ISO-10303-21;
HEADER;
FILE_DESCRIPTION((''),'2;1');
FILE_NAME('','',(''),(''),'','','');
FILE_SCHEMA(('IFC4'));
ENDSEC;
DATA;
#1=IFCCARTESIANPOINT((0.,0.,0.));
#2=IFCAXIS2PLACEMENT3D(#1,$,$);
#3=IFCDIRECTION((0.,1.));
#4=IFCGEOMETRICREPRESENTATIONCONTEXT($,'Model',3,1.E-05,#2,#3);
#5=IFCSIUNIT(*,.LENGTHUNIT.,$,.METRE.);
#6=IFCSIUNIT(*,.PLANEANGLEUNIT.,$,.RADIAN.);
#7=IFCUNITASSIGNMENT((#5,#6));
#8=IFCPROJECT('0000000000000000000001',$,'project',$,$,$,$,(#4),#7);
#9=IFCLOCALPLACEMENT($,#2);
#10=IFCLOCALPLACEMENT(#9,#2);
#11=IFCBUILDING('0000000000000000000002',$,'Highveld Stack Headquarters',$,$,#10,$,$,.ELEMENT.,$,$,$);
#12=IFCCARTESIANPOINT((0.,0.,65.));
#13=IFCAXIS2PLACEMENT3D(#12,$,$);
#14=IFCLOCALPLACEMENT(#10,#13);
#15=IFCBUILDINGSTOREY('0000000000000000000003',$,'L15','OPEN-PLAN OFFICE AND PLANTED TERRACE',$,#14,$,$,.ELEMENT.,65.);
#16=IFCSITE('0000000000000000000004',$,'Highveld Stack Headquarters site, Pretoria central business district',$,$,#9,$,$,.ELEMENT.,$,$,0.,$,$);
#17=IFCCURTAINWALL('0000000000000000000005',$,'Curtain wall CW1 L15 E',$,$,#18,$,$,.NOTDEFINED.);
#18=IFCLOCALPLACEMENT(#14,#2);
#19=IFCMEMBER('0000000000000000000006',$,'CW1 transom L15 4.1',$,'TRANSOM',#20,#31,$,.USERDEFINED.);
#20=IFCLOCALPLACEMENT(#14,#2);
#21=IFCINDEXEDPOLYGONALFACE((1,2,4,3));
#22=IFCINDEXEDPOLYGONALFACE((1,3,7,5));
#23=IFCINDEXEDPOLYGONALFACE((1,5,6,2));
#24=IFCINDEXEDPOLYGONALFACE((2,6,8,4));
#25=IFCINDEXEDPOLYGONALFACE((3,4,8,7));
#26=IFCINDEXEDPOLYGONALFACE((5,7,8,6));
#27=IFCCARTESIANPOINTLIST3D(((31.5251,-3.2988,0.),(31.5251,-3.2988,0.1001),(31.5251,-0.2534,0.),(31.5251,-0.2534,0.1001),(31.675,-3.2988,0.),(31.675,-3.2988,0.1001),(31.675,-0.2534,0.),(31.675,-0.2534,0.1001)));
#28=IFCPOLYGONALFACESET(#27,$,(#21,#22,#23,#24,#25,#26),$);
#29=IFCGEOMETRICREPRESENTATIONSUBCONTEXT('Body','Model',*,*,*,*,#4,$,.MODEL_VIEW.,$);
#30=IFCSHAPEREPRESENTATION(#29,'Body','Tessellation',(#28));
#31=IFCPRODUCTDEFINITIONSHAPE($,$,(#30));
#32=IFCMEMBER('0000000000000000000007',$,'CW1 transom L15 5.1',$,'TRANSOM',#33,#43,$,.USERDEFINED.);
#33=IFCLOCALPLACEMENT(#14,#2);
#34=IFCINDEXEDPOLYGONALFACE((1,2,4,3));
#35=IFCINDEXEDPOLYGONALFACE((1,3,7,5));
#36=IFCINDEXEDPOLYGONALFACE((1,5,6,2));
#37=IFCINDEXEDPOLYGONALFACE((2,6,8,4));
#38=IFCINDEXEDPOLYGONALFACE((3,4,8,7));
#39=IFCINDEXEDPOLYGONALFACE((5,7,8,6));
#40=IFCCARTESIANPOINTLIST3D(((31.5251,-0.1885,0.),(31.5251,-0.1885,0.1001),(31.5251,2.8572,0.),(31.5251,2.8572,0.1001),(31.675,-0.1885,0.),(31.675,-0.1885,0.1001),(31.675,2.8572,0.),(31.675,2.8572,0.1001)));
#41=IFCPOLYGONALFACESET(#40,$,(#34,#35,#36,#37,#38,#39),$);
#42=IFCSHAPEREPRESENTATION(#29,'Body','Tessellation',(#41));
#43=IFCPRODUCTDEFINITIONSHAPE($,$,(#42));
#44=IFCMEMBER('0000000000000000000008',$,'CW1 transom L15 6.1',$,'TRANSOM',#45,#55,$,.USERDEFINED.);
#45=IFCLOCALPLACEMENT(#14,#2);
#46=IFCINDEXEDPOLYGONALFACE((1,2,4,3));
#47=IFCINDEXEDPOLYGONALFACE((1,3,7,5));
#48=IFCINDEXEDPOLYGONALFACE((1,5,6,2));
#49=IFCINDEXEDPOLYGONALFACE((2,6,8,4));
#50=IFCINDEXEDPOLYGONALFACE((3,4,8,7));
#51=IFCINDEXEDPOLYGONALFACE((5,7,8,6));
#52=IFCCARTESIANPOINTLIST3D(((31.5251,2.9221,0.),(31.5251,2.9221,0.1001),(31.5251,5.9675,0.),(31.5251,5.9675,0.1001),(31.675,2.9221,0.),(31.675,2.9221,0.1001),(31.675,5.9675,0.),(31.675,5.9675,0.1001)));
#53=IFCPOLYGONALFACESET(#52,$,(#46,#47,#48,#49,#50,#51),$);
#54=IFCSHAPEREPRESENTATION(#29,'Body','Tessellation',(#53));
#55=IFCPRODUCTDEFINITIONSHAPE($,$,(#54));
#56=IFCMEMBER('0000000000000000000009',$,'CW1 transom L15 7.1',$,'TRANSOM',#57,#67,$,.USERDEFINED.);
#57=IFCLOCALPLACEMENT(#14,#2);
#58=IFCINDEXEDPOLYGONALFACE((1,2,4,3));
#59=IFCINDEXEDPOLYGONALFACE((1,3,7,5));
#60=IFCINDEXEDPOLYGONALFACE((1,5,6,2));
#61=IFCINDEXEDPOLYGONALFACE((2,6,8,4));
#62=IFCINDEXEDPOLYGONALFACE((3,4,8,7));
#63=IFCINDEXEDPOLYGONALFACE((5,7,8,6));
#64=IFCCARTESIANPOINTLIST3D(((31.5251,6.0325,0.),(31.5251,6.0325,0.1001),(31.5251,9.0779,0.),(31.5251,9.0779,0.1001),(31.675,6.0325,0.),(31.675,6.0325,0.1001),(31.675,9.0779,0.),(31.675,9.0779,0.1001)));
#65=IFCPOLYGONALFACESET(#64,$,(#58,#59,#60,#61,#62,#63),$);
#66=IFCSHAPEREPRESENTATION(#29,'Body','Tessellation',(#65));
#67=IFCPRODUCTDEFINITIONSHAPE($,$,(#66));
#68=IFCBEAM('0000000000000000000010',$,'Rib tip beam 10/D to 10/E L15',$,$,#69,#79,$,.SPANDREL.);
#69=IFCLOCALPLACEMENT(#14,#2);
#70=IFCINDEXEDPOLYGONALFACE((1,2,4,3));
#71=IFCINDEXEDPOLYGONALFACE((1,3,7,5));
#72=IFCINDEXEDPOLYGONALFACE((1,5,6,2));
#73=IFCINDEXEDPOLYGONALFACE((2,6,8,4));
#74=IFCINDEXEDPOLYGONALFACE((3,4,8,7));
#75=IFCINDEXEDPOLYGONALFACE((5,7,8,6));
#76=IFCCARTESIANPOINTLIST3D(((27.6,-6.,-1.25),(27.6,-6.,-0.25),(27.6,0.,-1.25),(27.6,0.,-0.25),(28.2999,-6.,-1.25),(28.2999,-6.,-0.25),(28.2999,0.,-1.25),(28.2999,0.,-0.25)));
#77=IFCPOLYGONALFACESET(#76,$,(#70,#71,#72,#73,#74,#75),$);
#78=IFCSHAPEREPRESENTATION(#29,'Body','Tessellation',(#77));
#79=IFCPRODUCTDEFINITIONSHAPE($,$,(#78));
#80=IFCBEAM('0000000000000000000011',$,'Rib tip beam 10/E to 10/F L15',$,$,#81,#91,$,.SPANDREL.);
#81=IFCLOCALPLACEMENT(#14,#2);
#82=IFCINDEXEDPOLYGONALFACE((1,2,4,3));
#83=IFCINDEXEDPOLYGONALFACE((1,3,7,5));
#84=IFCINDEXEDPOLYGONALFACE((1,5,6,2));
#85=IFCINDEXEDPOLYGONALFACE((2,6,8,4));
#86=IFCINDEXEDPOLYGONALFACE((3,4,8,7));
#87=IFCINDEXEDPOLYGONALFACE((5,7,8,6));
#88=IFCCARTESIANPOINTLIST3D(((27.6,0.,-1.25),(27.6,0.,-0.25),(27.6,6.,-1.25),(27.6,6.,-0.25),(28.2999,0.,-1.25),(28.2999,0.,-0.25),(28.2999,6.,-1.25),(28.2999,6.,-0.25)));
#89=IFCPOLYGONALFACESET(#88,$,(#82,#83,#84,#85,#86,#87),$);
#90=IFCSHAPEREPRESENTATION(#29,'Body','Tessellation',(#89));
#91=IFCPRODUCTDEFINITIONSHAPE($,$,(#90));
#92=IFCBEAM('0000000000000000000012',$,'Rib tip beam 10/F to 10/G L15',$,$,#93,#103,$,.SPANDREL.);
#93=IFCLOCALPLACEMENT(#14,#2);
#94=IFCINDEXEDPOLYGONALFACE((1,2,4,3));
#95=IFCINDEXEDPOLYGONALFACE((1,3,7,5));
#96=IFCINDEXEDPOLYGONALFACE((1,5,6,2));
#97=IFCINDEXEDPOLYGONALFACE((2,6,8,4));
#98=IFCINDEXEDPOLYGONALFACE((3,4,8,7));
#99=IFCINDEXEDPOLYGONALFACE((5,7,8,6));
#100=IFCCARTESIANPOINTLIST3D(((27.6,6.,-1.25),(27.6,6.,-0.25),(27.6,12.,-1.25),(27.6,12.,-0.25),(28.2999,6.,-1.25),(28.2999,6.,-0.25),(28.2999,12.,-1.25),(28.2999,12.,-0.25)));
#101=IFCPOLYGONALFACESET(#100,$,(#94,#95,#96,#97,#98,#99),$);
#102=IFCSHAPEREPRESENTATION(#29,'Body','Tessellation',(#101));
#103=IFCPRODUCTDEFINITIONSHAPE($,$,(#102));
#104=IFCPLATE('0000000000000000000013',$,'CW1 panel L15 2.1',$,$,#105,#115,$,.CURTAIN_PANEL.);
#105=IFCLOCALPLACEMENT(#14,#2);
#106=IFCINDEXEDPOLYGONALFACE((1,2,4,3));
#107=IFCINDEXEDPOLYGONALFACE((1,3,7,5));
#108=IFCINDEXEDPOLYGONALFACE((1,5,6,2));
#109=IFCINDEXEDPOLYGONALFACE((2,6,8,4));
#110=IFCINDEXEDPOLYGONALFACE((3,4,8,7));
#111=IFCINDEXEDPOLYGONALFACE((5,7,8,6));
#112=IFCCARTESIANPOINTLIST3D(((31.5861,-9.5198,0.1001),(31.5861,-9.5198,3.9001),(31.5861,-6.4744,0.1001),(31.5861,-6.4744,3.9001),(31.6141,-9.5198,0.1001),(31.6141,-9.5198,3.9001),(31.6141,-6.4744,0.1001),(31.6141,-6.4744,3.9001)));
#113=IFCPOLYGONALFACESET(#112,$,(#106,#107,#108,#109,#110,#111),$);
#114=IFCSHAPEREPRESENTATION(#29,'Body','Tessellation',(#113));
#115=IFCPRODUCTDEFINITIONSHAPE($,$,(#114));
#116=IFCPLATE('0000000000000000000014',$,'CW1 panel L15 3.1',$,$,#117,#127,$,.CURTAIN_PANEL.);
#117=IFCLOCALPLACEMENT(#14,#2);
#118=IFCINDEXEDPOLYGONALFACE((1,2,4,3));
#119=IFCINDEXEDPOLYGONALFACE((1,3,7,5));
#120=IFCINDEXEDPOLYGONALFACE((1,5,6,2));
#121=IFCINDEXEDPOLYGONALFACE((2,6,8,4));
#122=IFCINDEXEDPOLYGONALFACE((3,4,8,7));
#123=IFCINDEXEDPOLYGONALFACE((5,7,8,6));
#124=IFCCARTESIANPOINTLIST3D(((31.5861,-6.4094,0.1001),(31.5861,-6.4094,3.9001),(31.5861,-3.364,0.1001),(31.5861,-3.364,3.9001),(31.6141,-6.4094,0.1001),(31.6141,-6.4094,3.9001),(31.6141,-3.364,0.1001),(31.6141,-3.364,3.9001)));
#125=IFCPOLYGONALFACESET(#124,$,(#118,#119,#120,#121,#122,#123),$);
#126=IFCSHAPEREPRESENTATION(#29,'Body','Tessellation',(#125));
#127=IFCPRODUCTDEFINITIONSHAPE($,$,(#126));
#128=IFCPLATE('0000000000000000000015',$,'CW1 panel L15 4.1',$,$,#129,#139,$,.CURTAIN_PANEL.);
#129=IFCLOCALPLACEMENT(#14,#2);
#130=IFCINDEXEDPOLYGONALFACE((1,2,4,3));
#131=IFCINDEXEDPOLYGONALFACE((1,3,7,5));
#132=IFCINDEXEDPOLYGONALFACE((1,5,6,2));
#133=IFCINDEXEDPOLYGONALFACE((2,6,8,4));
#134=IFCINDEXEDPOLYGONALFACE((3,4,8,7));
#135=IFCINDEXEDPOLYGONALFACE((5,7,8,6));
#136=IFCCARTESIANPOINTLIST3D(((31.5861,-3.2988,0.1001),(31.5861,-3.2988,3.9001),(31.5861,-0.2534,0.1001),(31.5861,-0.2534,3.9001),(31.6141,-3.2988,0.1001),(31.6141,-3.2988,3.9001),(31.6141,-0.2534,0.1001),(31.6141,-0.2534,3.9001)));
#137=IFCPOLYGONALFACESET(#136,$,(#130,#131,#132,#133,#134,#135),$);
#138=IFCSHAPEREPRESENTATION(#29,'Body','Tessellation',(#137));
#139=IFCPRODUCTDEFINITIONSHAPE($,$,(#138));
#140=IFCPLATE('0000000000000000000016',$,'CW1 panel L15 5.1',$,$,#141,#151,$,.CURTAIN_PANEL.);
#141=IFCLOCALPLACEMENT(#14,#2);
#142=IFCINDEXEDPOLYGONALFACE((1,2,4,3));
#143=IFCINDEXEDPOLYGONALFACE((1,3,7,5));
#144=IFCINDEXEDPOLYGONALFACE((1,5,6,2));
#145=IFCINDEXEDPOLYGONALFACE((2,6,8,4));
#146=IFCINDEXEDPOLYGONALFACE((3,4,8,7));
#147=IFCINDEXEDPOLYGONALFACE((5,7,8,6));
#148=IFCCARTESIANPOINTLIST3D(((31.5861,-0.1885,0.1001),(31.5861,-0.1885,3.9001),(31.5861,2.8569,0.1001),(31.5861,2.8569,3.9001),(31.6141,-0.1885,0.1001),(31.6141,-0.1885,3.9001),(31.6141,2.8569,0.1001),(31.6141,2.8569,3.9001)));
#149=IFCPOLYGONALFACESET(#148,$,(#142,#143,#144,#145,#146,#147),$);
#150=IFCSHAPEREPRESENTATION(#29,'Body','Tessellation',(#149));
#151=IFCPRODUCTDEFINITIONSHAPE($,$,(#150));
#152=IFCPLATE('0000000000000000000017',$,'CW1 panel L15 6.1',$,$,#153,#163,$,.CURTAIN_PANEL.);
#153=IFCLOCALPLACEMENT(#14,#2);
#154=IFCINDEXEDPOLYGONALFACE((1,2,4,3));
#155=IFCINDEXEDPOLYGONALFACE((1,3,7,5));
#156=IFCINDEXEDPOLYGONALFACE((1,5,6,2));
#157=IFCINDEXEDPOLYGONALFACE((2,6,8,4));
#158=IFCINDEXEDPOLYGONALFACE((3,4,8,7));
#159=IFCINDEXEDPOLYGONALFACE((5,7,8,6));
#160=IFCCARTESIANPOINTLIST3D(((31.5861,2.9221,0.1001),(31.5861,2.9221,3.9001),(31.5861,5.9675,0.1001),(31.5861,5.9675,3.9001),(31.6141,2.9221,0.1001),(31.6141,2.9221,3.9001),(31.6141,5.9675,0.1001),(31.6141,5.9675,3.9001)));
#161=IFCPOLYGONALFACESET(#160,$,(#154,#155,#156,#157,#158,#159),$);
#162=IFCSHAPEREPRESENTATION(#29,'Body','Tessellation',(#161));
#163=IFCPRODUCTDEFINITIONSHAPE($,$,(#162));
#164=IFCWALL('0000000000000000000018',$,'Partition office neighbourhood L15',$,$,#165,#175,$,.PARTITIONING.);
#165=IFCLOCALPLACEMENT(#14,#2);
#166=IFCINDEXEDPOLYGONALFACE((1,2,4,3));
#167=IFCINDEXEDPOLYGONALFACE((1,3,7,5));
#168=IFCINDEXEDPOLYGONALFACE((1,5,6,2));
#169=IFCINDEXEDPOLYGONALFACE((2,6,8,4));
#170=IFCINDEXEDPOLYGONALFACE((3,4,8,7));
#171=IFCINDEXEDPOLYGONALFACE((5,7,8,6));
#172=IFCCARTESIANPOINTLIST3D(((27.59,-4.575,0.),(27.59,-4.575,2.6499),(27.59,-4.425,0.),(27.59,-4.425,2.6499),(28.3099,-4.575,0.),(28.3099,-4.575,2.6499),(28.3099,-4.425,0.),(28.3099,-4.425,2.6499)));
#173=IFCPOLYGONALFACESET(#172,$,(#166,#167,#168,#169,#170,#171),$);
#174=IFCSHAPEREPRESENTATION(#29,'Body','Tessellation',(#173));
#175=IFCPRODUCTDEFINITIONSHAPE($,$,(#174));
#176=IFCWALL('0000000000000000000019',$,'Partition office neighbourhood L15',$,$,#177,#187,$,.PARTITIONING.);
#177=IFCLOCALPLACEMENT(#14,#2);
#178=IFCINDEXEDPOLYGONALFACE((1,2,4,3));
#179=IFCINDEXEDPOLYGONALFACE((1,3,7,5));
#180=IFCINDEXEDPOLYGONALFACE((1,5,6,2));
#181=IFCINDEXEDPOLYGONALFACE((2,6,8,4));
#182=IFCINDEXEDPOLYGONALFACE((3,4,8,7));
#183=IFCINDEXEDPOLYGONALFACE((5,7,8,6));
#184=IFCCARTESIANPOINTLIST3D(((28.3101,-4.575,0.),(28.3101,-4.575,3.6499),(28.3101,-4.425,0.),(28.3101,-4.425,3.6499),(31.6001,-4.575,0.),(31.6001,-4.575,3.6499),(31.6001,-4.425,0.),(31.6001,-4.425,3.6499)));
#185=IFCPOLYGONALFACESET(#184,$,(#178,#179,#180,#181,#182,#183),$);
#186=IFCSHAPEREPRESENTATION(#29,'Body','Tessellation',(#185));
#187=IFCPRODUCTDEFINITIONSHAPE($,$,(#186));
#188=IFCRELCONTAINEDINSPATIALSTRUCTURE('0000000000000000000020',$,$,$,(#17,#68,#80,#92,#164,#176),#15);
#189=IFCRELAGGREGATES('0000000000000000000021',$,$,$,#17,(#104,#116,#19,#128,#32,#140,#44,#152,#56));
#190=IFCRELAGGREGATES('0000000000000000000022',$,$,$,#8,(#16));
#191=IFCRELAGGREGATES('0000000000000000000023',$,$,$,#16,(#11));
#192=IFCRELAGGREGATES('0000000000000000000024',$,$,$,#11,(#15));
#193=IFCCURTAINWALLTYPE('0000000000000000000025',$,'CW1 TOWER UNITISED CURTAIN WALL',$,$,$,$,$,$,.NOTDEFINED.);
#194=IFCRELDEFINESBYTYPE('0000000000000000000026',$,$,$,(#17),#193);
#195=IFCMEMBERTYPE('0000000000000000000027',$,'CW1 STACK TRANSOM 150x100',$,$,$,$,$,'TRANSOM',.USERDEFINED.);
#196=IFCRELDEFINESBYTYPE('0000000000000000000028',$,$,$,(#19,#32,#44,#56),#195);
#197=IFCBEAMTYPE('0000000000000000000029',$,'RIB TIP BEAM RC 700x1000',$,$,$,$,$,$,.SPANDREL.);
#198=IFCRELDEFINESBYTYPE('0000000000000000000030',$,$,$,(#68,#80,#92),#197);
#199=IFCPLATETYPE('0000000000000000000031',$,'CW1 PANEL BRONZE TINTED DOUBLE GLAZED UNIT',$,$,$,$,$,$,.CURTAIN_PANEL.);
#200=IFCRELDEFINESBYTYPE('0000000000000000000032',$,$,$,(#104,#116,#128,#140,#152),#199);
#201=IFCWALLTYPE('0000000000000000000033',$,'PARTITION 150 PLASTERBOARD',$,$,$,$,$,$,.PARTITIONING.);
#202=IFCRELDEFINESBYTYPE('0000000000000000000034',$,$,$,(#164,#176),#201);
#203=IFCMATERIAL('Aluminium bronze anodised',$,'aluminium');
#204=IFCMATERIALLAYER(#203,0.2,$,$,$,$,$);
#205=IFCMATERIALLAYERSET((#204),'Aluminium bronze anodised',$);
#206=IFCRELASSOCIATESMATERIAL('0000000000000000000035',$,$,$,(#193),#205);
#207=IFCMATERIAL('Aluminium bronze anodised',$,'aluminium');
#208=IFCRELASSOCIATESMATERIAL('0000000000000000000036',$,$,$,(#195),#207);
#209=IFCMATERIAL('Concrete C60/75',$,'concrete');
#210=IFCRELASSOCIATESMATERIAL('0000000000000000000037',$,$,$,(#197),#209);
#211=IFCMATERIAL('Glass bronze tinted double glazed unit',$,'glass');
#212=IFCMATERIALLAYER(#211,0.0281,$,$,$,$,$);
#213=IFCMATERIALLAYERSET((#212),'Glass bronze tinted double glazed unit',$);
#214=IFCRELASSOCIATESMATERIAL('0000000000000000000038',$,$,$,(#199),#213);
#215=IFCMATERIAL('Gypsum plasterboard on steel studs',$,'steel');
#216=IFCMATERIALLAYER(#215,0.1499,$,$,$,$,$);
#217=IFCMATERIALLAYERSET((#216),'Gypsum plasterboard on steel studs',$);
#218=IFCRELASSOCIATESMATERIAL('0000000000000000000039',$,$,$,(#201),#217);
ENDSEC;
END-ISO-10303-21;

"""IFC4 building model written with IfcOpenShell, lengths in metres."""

from ifc_helpers import new_model, si_unit, direction, frame, frame_2d, origin, origin_2d, place, context, subcontext, project, spatial, rectangle, extrude, material, layer, layer_set, material_profile, profile_set, type_object, element, aggregate, save


model = new_model("IFC4")

# Units and contexts
model_context = context("Model", 3, precision=1e-05, world=origin(), true_north=direction((0.0, 1.0)))
body_context = subcontext(model_context, "Body", "Model", "MODEL_VIEW")
ifc_project = project(units=[si_unit("LENGTHUNIT", "METRE"), si_unit("PLANEANGLEUNIT", "RADIAN")], contexts=[model_context])

# Site, building, storey
site_placement = place(None, origin())
site = spatial("IfcSite", under=ifc_project, at=site_placement, Name="Highveld Stack Headquarters site, Pretoria central business district", CompositionType="ELEMENT", RefElevation=0.0)
building_placement = place(site_placement, origin())
building = spatial("IfcBuilding", under=site, at=building_placement, Name="Highveld Stack Headquarters", CompositionType="ELEMENT")
storey_placement = place(building_placement, frame((0.0, 0.0, 65.0)))
storey = spatial("IfcBuildingStorey", under=building, at=storey_placement, Name="L15", Description="OPEN-PLAN OFFICE AND PLANTED TERRACE", CompositionType="ELEMENT", Elevation=65.0)

# Curtain wall, members
ifc_material_1 = material(Name="Aluminium bronze anodised", Category="aluminium")
ifc_layer_1 = layer(ifc_material_1, 0.2)
ifc_layer_set_1 = layer_set([ifc_layer_1], Name="Aluminium bronze anodised")
curtain_wall_type = type_object("IfcCurtainWallType", Name="CW1 TOWER UNITISED CURTAIN WALL", PredefinedType="NOTDEFINED", material=ifc_layer_set_1)
curtain_wall_placement = place(storey_placement, origin())
curtain_wall = element("IfcCurtainWall", 1, at=curtain_wall_placement, inside=storey, type_object=curtain_wall_type, Name="Curtain wall CW1 L15 E", PredefinedType="NOTDEFINED")
ifc_material_2 = material(Name="Aluminium bronze anodised", Category="aluminium")
ifc_material_profile_1 = material_profile(ifc_material_2, rectangle(XDim=0.1499, YDim=0.1001, at=origin_2d()), Name="CW1 TRANSOM 150x100")
ifc_profile_set_1 = profile_set([ifc_material_profile_1], Name="Aluminium bronze anodised")
member_type_1 = type_object("IfcMemberType", Name="CW1 STACK TRANSOM 150x100", ElementType="TRANSOM", PredefinedType="USERDEFINED", material=ifc_profile_set_1)
member_1_placement = place(storey_placement, frame((31.6001, -3.2988, 0.05), z_axis=(0.0, 1.0, 0.0), x_axis=(-1.0, 0.0, 0.0)))
member_1 = element("IfcMember", 2, at=member_1_placement, type_object=member_type_1, Name="CW1 transom L15 4.1", ObjectType="TRANSOM", PredefinedType="USERDEFINED", context=body_context, shape_type="SweptSolid", body=[
    extrude(rectangle(XDim=0.1499, YDim=0.1001, at=origin_2d()), origin(), (0.0, 0.0, 1.0), 3.0454),
])
member_2_placement = place(storey_placement, frame((31.6001, -0.1885, 0.05), z_axis=(0.0, 1.0, 0.0), x_axis=(-1.0, 0.0, 0.0)))
member_2 = element("IfcMember", 3, at=member_2_placement, type_object=member_type_1, Name="CW1 transom L15 5.1", ObjectType="TRANSOM", PredefinedType="USERDEFINED", context=body_context, shape_type="SweptSolid", body=[
    extrude(rectangle(XDim=0.1499, YDim=0.1001, at=origin_2d()), origin(), (0.0, 0.0, 1.0), 3.0457),
])
member_3_placement = place(storey_placement, frame((31.6001, 2.9221, 0.05), z_axis=(0.0, 1.0, 0.0), x_axis=(-1.0, 0.0, 0.0)))
member_3 = element("IfcMember", 4, at=member_3_placement, type_object=member_type_1, Name="CW1 transom L15 6.1", ObjectType="TRANSOM", PredefinedType="USERDEFINED", context=body_context, shape_type="SweptSolid", body=[
    extrude(rectangle(XDim=0.1499, YDim=0.1001, at=origin_2d()), origin(), (0.0, 0.0, 1.0), 3.0454),
])
member_4_placement = place(storey_placement, frame((31.6001, 6.0325, 0.05), z_axis=(0.0, 1.0, 0.0), x_axis=(-1.0, 0.0, 0.0)))
member_4 = element("IfcMember", 5, at=member_4_placement, type_object=member_type_1, Name="CW1 transom L15 7.1", ObjectType="TRANSOM", PredefinedType="USERDEFINED", context=body_context, shape_type="SweptSolid", body=[
    extrude(rectangle(XDim=0.1499, YDim=0.1001, at=origin_2d()), origin(), (0.0, 0.0, 1.0), 3.0454),
])

# Beams
ifc_material_3 = material(Name="Concrete C60/75", Category="concrete")
ifc_material_profile_2 = material_profile(ifc_material_3, rectangle(XDim=0.7, YDim=1.0, at=origin_2d()), Name="RC 700x1000")
ifc_profile_set_2 = profile_set([ifc_material_profile_2], Name="Concrete C60/75")
beam_type = type_object("IfcBeamType", Name="RIB TIP BEAM RC 700x1000", PredefinedType="SPANDREL", material=ifc_profile_set_2)
for number, where, z_axis, x_axis, name in (
    (6, (27.95, -6.0, -0.75), (0.0, 1.0, 0.0), (-1.0, 0.0, 0.0), "Rib tip beam 10/D to 10/E L15"),
    (7, (27.95, 0.0, -0.75), (0.0, 1.0, 0.0), (-1.0, 0.0, 0.0), "Rib tip beam 10/E to 10/F L15"),
    (8, (27.95, 6.0, -0.75), (0.0, 1.0, 0.0), (-1.0, 0.0, 0.0), "Rib tip beam 10/F to 10/G L15"),
):
    element("IfcBeam", number, at=place(storey_placement, frame(where, z_axis=z_axis, x_axis=x_axis)), inside=storey, type_object=beam_type, Name=name, PredefinedType="SPANDREL", context=body_context, shape_type="SweptSolid", body=[
        extrude(rectangle(XDim=0.7, YDim=1.0, at=origin_2d()), origin(), (0.0, 0.0, 1.0), 6.0),
    ])

# Plates
ifc_material_4 = material(Name="Glass bronze tinted double glazed unit", Category="glass")
ifc_layer_2 = layer(ifc_material_4, 0.0281)
ifc_layer_set_2 = layer_set([ifc_layer_2], Name="Glass bronze tinted double glazed unit")
plate_type = type_object("IfcPlateType", Name="CW1 PANEL BRONZE TINTED DOUBLE GLAZED UNIT", PredefinedType="CURTAIN_PANEL", material=ifc_layer_set_2)
plate_1_placement = place(storey_placement, frame((31.6001, -7.9971, 0.1001), z_axis=(0.0, 0.0, 1.0), x_axis=(0.0, 1.0, 0.0)))
plate_1 = element("IfcPlate", 9, at=plate_1_placement, type_object=plate_type, Name="CW1 panel L15 2.1", PredefinedType="CURTAIN_PANEL", context=body_context, shape_type="SweptSolid", body=[
    extrude(rectangle(XDim=3.0454, YDim=0.0281, at=origin_2d()), origin(), (0.0, 0.0, 1.0), 3.8),
])
plate_2_placement = place(storey_placement, frame((31.6001, -4.8867, 0.1001), z_axis=(0.0, 0.0, 1.0), x_axis=(0.0, 1.0, 0.0)))
plate_2 = element("IfcPlate", 10, at=plate_2_placement, type_object=plate_type, Name="CW1 panel L15 3.1", PredefinedType="CURTAIN_PANEL", context=body_context, shape_type="SweptSolid", body=[
    extrude(rectangle(XDim=3.0454, YDim=0.0281, at=origin_2d()), origin(), (0.0, 0.0, 1.0), 3.8),
])
plate_3_placement = place(storey_placement, frame((31.6001, -1.7761, 0.1001), z_axis=(0.0, 0.0, 1.0), x_axis=(0.0, 1.0, 0.0)))
plate_3 = element("IfcPlate", 11, at=plate_3_placement, type_object=plate_type, Name="CW1 panel L15 4.1", PredefinedType="CURTAIN_PANEL", context=body_context, shape_type="SweptSolid", body=[
    extrude(rectangle(XDim=3.0454, YDim=0.0281, at=origin_2d()), origin(), (0.0, 0.0, 1.0), 3.8),
])
plate_4_placement = place(storey_placement, frame((31.6001, 1.3342, 0.1001), z_axis=(0.0, 0.0, 1.0), x_axis=(0.0, 1.0, 0.0)))
plate_4 = element("IfcPlate", 12, at=plate_4_placement, type_object=plate_type, Name="CW1 panel L15 5.1", PredefinedType="CURTAIN_PANEL", context=body_context, shape_type="SweptSolid", body=[
    extrude(rectangle(XDim=3.0454, YDim=0.0281, at=origin_2d()), origin(), (0.0, 0.0, 1.0), 3.8),
])
plate_5_placement = place(storey_placement, frame((31.6001, 4.4448, 0.1001), z_axis=(0.0, 0.0, 1.0), x_axis=(0.0, 1.0, 0.0)))
plate_5 = element("IfcPlate", 13, at=plate_5_placement, type_object=plate_type, Name="CW1 panel L15 6.1", PredefinedType="CURTAIN_PANEL", context=body_context, shape_type="SweptSolid", body=[
    extrude(rectangle(XDim=3.0454, YDim=0.0281, at=origin_2d()), origin(), (0.0, 0.0, 1.0), 3.8),
])
aggregate(curtain_wall, [plate_1, plate_2, member_1, plate_3, member_2, plate_4, member_3, plate_5, member_4])

# Walls
ifc_material_5 = material(Name="Gypsum plasterboard on steel studs", Category="steel")
ifc_layer_3 = layer(ifc_material_5, 0.1499)
ifc_layer_set_3 = layer_set([ifc_layer_3], Name="Gypsum plasterboard on steel studs")
wall_type = type_object("IfcWallType", Name="PARTITION 150 PLASTERBOARD", PredefinedType="PARTITIONING", material=ifc_layer_set_3)
wall_1_placement = place(storey_placement, frame((27.5901, -4.5, 0.0), z_axis=(0.0, 0.0, 1.0), x_axis=(1.0, 0.0, 0.0)))
element("IfcWall", 14, at=wall_1_placement, inside=storey, type_object=wall_type, Name="Partition office neighbourhood L15", PredefinedType="PARTITIONING", context=body_context, shape_type="SweptSolid", body=[
    extrude(rectangle(XDim=0.72, YDim=0.1499, at=frame_2d((0.3599, 0.0))), origin(), (0.0, 0.0, 1.0), 2.6499),
])
wall_2_placement = place(storey_placement, frame((28.3101, -4.5, 0.0), z_axis=(0.0, 0.0, 1.0), x_axis=(1.0, 0.0, 0.0)))
element("IfcWall", 15, at=wall_2_placement, inside=storey, type_object=wall_type, Name="Partition office neighbourhood L15", PredefinedType="PARTITIONING", context=body_context, shape_type="SweptSolid", body=[
    extrude(rectangle(XDim=3.29, YDim=0.1499, at=frame_2d((1.645, 0.0))), origin(), (0.0, 0.0, 1.0), 3.6499),
])

save(model, "model.ifc")
